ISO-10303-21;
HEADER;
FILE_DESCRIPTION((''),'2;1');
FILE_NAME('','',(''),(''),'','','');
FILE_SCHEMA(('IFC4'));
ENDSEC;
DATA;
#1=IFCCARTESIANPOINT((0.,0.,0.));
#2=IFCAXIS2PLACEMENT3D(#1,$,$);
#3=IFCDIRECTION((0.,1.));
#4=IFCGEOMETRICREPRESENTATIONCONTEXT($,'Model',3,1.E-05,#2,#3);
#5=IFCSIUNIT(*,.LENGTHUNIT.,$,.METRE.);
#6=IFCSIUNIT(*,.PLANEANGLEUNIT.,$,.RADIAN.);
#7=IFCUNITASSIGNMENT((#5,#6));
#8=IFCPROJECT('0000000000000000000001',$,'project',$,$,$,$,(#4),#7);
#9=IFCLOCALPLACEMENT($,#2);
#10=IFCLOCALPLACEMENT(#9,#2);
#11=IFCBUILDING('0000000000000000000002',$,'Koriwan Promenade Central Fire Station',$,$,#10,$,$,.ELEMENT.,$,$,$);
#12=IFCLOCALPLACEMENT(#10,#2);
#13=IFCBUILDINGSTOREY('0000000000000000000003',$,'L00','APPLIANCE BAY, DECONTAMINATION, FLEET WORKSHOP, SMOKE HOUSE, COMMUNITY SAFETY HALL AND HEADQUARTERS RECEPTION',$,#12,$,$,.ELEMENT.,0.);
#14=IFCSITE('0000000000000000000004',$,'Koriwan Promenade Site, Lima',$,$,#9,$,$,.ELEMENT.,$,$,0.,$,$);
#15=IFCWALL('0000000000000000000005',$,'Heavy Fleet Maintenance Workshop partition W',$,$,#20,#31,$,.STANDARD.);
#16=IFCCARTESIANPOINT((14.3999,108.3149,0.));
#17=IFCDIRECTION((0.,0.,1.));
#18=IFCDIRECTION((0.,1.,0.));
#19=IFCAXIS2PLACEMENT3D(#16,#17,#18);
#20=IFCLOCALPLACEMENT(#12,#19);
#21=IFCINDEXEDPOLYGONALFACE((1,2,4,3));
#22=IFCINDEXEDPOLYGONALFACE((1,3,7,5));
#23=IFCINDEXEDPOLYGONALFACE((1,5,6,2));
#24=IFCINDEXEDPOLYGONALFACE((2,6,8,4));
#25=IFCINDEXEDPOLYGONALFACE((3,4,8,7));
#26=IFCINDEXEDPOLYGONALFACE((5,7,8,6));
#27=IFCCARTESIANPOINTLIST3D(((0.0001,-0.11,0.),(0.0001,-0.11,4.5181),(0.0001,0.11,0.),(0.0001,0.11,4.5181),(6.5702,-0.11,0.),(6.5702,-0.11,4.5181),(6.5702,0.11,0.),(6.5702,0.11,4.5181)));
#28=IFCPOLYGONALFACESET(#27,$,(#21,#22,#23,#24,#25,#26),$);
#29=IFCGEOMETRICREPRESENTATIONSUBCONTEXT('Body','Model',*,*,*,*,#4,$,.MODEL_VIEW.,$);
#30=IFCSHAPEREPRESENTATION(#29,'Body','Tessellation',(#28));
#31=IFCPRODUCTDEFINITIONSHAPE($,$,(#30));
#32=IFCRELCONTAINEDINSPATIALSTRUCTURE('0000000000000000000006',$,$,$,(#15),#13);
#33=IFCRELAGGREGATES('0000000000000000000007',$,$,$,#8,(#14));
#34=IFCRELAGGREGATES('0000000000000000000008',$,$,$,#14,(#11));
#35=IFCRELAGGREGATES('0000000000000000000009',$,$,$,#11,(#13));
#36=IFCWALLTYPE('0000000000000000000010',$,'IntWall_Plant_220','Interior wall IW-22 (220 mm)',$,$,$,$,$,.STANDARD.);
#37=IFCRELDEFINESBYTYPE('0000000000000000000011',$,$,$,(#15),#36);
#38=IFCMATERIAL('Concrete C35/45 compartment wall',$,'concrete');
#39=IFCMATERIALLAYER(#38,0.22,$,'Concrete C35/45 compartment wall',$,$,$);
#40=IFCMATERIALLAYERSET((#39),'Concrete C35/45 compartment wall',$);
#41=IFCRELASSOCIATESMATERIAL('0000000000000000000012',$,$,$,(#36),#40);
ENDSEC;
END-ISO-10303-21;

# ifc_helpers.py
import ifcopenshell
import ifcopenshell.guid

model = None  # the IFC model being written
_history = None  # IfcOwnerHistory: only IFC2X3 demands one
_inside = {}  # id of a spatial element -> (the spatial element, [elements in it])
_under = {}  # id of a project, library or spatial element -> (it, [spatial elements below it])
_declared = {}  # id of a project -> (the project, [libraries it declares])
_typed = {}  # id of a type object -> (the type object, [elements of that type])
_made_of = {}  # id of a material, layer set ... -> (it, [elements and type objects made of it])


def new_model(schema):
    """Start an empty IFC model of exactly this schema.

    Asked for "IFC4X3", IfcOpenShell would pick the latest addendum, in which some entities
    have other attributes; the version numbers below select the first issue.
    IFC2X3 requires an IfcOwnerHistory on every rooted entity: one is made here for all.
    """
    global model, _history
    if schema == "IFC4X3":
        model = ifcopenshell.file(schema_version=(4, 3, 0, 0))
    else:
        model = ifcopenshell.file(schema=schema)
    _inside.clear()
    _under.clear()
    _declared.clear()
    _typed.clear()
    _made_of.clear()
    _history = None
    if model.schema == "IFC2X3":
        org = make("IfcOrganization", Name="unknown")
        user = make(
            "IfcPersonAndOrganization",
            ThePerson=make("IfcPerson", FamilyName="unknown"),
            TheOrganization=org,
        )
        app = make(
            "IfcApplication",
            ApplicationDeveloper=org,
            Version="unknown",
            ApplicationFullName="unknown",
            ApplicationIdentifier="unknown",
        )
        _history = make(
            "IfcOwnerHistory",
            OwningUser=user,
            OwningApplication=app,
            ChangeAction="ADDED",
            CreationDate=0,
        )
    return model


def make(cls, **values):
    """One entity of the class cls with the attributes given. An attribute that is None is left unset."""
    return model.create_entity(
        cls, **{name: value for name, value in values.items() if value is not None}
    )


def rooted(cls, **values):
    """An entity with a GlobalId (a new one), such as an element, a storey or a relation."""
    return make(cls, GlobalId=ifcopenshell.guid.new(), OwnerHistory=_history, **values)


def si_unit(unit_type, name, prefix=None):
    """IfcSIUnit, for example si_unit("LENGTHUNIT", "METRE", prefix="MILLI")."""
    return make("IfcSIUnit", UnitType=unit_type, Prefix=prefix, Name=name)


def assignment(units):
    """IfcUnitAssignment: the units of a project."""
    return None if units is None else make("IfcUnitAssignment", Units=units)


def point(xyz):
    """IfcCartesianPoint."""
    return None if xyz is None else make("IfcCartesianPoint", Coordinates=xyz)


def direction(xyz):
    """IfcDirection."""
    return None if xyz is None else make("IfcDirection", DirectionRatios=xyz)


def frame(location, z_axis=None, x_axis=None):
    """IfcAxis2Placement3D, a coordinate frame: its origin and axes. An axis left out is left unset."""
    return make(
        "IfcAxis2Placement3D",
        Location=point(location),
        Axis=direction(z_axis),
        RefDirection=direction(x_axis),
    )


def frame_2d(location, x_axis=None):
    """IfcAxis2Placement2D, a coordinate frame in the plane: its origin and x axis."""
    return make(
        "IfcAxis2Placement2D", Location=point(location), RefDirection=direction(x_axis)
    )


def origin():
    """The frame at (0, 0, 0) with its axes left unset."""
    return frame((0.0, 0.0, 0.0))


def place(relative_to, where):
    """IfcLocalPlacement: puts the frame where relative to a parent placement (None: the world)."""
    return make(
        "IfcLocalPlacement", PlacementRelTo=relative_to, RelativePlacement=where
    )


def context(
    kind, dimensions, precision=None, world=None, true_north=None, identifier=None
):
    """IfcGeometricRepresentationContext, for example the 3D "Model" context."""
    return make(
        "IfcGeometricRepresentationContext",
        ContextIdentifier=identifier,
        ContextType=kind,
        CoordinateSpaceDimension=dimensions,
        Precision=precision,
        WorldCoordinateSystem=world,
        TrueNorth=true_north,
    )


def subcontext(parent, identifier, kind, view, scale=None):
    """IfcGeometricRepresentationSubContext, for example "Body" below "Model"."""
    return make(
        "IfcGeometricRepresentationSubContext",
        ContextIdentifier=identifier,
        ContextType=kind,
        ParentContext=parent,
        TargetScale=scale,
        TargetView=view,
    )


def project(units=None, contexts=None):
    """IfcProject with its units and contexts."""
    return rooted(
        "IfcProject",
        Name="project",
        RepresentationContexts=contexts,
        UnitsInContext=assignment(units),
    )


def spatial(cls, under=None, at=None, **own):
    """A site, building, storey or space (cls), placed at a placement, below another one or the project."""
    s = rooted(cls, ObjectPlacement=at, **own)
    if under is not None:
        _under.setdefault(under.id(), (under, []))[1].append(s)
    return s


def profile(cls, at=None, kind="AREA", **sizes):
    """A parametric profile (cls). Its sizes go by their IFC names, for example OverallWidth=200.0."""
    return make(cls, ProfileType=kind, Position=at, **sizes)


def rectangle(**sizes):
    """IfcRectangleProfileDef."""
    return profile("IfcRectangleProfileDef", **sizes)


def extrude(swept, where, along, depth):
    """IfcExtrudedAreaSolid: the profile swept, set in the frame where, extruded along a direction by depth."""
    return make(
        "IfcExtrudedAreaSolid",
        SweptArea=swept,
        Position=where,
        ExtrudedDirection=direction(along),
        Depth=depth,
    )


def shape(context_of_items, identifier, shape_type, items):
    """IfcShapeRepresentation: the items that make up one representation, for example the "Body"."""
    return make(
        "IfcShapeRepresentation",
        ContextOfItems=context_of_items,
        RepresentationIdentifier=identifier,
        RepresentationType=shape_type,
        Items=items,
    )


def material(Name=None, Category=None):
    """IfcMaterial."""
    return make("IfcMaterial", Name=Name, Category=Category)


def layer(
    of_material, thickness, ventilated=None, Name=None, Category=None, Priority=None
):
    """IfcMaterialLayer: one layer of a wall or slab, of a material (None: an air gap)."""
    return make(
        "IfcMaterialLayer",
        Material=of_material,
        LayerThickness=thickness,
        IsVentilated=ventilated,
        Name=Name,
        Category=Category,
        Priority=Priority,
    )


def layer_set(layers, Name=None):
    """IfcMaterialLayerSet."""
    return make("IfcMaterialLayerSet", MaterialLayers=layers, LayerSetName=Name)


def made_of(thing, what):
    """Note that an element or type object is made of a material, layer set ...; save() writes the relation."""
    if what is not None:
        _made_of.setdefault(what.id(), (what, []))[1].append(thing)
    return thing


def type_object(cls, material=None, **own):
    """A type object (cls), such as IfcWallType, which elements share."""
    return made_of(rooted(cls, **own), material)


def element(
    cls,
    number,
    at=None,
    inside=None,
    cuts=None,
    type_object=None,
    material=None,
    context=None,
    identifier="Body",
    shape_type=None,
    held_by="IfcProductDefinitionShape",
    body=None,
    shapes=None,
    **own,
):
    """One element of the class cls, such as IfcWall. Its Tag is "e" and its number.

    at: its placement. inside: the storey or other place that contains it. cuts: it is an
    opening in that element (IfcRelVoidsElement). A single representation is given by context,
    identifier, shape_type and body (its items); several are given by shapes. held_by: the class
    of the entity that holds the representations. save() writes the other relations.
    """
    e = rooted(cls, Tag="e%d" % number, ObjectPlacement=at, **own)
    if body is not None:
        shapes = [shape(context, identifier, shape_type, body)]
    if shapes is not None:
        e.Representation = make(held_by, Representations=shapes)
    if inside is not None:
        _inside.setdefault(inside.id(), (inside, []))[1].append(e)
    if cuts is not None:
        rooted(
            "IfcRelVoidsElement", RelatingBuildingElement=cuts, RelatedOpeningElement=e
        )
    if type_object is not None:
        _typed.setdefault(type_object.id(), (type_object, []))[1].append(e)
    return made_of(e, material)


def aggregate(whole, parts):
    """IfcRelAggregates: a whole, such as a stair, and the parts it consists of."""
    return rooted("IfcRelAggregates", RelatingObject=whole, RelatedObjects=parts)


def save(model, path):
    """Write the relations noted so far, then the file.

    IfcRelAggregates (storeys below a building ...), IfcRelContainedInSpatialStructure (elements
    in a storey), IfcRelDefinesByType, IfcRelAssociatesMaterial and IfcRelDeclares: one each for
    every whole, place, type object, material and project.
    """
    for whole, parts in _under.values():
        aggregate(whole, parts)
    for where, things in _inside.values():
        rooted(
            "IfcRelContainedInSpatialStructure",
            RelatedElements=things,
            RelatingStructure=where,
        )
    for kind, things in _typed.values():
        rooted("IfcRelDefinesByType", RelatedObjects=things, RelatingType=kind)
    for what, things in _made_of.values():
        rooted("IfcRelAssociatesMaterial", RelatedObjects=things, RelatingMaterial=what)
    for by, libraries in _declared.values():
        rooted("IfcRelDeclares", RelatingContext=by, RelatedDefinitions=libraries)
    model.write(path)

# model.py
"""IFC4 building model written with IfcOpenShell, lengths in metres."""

from ifc_helpers import new_model, si_unit, direction, frame, frame_2d, origin, place, context, subcontext, project, spatial, rectangle, extrude, material, layer, layer_set, type_object, element, save


model = new_model("IFC4")

# Units and contexts
model_context = context("Model", 3, precision=1e-05, world=origin(), true_north=direction((0.0, 1.0)))
body_context = subcontext(model_context, "Body", "Model", "MODEL_VIEW")
ifc_project = project(units=[si_unit("LENGTHUNIT", "METRE"), si_unit("PLANEANGLEUNIT", "RADIAN")], contexts=[model_context])

# Site, building, storey
site_placement = place(None, origin())
site = spatial("IfcSite", under=ifc_project, at=site_placement, Name="Koriwan Promenade Site, Lima", CompositionType="ELEMENT", RefElevation=0.0)
building_placement = place(site_placement, origin())
building = spatial("IfcBuilding", under=site, at=building_placement, Name="Koriwan Promenade Central Fire Station", CompositionType="ELEMENT")
storey_placement = place(building_placement, origin())
storey = spatial("IfcBuildingStorey", under=building, at=storey_placement, Name="L00", Description="APPLIANCE BAY, DECONTAMINATION, FLEET WORKSHOP, SMOKE HOUSE, COMMUNITY SAFETY HALL AND HEADQUARTERS RECEPTION", CompositionType="ELEMENT", Elevation=0.0)

# Wall
ifc_material_1 = material(Name="Concrete C35/45 compartment wall", Category="concrete")
ifc_layer_1 = layer(ifc_material_1, 0.22, Name="Concrete C35/45 compartment wall")
ifc_layer_set_1 = layer_set([ifc_layer_1], Name="Concrete C35/45 compartment wall")
wall_type_1 = type_object("IfcWallType", Name="IntWall_Plant_220", Description="Interior wall IW-22 (220 mm)", PredefinedType="STANDARD", material=ifc_layer_set_1)
wall_1_placement = place(storey_placement, frame((14.3999, 108.3149, 0.0), z_axis=(0.0, 0.0, 1.0), x_axis=(0.0, 1.0, 0.0)))
element("IfcWall", 1, at=wall_1_placement, inside=storey, type_object=wall_type_1, Name="Heavy Fleet Maintenance Workshop partition W", PredefinedType="STANDARD", context=body_context, shape_type="SweptSolid", body=[
    extrude(rectangle(XDim=6.5701, YDim=0.22, at=frame_2d((3.2852, 0.0))), origin(), (0.0, 0.0, 1.0), 4.5181),
])

save(model, "model.ifc")
